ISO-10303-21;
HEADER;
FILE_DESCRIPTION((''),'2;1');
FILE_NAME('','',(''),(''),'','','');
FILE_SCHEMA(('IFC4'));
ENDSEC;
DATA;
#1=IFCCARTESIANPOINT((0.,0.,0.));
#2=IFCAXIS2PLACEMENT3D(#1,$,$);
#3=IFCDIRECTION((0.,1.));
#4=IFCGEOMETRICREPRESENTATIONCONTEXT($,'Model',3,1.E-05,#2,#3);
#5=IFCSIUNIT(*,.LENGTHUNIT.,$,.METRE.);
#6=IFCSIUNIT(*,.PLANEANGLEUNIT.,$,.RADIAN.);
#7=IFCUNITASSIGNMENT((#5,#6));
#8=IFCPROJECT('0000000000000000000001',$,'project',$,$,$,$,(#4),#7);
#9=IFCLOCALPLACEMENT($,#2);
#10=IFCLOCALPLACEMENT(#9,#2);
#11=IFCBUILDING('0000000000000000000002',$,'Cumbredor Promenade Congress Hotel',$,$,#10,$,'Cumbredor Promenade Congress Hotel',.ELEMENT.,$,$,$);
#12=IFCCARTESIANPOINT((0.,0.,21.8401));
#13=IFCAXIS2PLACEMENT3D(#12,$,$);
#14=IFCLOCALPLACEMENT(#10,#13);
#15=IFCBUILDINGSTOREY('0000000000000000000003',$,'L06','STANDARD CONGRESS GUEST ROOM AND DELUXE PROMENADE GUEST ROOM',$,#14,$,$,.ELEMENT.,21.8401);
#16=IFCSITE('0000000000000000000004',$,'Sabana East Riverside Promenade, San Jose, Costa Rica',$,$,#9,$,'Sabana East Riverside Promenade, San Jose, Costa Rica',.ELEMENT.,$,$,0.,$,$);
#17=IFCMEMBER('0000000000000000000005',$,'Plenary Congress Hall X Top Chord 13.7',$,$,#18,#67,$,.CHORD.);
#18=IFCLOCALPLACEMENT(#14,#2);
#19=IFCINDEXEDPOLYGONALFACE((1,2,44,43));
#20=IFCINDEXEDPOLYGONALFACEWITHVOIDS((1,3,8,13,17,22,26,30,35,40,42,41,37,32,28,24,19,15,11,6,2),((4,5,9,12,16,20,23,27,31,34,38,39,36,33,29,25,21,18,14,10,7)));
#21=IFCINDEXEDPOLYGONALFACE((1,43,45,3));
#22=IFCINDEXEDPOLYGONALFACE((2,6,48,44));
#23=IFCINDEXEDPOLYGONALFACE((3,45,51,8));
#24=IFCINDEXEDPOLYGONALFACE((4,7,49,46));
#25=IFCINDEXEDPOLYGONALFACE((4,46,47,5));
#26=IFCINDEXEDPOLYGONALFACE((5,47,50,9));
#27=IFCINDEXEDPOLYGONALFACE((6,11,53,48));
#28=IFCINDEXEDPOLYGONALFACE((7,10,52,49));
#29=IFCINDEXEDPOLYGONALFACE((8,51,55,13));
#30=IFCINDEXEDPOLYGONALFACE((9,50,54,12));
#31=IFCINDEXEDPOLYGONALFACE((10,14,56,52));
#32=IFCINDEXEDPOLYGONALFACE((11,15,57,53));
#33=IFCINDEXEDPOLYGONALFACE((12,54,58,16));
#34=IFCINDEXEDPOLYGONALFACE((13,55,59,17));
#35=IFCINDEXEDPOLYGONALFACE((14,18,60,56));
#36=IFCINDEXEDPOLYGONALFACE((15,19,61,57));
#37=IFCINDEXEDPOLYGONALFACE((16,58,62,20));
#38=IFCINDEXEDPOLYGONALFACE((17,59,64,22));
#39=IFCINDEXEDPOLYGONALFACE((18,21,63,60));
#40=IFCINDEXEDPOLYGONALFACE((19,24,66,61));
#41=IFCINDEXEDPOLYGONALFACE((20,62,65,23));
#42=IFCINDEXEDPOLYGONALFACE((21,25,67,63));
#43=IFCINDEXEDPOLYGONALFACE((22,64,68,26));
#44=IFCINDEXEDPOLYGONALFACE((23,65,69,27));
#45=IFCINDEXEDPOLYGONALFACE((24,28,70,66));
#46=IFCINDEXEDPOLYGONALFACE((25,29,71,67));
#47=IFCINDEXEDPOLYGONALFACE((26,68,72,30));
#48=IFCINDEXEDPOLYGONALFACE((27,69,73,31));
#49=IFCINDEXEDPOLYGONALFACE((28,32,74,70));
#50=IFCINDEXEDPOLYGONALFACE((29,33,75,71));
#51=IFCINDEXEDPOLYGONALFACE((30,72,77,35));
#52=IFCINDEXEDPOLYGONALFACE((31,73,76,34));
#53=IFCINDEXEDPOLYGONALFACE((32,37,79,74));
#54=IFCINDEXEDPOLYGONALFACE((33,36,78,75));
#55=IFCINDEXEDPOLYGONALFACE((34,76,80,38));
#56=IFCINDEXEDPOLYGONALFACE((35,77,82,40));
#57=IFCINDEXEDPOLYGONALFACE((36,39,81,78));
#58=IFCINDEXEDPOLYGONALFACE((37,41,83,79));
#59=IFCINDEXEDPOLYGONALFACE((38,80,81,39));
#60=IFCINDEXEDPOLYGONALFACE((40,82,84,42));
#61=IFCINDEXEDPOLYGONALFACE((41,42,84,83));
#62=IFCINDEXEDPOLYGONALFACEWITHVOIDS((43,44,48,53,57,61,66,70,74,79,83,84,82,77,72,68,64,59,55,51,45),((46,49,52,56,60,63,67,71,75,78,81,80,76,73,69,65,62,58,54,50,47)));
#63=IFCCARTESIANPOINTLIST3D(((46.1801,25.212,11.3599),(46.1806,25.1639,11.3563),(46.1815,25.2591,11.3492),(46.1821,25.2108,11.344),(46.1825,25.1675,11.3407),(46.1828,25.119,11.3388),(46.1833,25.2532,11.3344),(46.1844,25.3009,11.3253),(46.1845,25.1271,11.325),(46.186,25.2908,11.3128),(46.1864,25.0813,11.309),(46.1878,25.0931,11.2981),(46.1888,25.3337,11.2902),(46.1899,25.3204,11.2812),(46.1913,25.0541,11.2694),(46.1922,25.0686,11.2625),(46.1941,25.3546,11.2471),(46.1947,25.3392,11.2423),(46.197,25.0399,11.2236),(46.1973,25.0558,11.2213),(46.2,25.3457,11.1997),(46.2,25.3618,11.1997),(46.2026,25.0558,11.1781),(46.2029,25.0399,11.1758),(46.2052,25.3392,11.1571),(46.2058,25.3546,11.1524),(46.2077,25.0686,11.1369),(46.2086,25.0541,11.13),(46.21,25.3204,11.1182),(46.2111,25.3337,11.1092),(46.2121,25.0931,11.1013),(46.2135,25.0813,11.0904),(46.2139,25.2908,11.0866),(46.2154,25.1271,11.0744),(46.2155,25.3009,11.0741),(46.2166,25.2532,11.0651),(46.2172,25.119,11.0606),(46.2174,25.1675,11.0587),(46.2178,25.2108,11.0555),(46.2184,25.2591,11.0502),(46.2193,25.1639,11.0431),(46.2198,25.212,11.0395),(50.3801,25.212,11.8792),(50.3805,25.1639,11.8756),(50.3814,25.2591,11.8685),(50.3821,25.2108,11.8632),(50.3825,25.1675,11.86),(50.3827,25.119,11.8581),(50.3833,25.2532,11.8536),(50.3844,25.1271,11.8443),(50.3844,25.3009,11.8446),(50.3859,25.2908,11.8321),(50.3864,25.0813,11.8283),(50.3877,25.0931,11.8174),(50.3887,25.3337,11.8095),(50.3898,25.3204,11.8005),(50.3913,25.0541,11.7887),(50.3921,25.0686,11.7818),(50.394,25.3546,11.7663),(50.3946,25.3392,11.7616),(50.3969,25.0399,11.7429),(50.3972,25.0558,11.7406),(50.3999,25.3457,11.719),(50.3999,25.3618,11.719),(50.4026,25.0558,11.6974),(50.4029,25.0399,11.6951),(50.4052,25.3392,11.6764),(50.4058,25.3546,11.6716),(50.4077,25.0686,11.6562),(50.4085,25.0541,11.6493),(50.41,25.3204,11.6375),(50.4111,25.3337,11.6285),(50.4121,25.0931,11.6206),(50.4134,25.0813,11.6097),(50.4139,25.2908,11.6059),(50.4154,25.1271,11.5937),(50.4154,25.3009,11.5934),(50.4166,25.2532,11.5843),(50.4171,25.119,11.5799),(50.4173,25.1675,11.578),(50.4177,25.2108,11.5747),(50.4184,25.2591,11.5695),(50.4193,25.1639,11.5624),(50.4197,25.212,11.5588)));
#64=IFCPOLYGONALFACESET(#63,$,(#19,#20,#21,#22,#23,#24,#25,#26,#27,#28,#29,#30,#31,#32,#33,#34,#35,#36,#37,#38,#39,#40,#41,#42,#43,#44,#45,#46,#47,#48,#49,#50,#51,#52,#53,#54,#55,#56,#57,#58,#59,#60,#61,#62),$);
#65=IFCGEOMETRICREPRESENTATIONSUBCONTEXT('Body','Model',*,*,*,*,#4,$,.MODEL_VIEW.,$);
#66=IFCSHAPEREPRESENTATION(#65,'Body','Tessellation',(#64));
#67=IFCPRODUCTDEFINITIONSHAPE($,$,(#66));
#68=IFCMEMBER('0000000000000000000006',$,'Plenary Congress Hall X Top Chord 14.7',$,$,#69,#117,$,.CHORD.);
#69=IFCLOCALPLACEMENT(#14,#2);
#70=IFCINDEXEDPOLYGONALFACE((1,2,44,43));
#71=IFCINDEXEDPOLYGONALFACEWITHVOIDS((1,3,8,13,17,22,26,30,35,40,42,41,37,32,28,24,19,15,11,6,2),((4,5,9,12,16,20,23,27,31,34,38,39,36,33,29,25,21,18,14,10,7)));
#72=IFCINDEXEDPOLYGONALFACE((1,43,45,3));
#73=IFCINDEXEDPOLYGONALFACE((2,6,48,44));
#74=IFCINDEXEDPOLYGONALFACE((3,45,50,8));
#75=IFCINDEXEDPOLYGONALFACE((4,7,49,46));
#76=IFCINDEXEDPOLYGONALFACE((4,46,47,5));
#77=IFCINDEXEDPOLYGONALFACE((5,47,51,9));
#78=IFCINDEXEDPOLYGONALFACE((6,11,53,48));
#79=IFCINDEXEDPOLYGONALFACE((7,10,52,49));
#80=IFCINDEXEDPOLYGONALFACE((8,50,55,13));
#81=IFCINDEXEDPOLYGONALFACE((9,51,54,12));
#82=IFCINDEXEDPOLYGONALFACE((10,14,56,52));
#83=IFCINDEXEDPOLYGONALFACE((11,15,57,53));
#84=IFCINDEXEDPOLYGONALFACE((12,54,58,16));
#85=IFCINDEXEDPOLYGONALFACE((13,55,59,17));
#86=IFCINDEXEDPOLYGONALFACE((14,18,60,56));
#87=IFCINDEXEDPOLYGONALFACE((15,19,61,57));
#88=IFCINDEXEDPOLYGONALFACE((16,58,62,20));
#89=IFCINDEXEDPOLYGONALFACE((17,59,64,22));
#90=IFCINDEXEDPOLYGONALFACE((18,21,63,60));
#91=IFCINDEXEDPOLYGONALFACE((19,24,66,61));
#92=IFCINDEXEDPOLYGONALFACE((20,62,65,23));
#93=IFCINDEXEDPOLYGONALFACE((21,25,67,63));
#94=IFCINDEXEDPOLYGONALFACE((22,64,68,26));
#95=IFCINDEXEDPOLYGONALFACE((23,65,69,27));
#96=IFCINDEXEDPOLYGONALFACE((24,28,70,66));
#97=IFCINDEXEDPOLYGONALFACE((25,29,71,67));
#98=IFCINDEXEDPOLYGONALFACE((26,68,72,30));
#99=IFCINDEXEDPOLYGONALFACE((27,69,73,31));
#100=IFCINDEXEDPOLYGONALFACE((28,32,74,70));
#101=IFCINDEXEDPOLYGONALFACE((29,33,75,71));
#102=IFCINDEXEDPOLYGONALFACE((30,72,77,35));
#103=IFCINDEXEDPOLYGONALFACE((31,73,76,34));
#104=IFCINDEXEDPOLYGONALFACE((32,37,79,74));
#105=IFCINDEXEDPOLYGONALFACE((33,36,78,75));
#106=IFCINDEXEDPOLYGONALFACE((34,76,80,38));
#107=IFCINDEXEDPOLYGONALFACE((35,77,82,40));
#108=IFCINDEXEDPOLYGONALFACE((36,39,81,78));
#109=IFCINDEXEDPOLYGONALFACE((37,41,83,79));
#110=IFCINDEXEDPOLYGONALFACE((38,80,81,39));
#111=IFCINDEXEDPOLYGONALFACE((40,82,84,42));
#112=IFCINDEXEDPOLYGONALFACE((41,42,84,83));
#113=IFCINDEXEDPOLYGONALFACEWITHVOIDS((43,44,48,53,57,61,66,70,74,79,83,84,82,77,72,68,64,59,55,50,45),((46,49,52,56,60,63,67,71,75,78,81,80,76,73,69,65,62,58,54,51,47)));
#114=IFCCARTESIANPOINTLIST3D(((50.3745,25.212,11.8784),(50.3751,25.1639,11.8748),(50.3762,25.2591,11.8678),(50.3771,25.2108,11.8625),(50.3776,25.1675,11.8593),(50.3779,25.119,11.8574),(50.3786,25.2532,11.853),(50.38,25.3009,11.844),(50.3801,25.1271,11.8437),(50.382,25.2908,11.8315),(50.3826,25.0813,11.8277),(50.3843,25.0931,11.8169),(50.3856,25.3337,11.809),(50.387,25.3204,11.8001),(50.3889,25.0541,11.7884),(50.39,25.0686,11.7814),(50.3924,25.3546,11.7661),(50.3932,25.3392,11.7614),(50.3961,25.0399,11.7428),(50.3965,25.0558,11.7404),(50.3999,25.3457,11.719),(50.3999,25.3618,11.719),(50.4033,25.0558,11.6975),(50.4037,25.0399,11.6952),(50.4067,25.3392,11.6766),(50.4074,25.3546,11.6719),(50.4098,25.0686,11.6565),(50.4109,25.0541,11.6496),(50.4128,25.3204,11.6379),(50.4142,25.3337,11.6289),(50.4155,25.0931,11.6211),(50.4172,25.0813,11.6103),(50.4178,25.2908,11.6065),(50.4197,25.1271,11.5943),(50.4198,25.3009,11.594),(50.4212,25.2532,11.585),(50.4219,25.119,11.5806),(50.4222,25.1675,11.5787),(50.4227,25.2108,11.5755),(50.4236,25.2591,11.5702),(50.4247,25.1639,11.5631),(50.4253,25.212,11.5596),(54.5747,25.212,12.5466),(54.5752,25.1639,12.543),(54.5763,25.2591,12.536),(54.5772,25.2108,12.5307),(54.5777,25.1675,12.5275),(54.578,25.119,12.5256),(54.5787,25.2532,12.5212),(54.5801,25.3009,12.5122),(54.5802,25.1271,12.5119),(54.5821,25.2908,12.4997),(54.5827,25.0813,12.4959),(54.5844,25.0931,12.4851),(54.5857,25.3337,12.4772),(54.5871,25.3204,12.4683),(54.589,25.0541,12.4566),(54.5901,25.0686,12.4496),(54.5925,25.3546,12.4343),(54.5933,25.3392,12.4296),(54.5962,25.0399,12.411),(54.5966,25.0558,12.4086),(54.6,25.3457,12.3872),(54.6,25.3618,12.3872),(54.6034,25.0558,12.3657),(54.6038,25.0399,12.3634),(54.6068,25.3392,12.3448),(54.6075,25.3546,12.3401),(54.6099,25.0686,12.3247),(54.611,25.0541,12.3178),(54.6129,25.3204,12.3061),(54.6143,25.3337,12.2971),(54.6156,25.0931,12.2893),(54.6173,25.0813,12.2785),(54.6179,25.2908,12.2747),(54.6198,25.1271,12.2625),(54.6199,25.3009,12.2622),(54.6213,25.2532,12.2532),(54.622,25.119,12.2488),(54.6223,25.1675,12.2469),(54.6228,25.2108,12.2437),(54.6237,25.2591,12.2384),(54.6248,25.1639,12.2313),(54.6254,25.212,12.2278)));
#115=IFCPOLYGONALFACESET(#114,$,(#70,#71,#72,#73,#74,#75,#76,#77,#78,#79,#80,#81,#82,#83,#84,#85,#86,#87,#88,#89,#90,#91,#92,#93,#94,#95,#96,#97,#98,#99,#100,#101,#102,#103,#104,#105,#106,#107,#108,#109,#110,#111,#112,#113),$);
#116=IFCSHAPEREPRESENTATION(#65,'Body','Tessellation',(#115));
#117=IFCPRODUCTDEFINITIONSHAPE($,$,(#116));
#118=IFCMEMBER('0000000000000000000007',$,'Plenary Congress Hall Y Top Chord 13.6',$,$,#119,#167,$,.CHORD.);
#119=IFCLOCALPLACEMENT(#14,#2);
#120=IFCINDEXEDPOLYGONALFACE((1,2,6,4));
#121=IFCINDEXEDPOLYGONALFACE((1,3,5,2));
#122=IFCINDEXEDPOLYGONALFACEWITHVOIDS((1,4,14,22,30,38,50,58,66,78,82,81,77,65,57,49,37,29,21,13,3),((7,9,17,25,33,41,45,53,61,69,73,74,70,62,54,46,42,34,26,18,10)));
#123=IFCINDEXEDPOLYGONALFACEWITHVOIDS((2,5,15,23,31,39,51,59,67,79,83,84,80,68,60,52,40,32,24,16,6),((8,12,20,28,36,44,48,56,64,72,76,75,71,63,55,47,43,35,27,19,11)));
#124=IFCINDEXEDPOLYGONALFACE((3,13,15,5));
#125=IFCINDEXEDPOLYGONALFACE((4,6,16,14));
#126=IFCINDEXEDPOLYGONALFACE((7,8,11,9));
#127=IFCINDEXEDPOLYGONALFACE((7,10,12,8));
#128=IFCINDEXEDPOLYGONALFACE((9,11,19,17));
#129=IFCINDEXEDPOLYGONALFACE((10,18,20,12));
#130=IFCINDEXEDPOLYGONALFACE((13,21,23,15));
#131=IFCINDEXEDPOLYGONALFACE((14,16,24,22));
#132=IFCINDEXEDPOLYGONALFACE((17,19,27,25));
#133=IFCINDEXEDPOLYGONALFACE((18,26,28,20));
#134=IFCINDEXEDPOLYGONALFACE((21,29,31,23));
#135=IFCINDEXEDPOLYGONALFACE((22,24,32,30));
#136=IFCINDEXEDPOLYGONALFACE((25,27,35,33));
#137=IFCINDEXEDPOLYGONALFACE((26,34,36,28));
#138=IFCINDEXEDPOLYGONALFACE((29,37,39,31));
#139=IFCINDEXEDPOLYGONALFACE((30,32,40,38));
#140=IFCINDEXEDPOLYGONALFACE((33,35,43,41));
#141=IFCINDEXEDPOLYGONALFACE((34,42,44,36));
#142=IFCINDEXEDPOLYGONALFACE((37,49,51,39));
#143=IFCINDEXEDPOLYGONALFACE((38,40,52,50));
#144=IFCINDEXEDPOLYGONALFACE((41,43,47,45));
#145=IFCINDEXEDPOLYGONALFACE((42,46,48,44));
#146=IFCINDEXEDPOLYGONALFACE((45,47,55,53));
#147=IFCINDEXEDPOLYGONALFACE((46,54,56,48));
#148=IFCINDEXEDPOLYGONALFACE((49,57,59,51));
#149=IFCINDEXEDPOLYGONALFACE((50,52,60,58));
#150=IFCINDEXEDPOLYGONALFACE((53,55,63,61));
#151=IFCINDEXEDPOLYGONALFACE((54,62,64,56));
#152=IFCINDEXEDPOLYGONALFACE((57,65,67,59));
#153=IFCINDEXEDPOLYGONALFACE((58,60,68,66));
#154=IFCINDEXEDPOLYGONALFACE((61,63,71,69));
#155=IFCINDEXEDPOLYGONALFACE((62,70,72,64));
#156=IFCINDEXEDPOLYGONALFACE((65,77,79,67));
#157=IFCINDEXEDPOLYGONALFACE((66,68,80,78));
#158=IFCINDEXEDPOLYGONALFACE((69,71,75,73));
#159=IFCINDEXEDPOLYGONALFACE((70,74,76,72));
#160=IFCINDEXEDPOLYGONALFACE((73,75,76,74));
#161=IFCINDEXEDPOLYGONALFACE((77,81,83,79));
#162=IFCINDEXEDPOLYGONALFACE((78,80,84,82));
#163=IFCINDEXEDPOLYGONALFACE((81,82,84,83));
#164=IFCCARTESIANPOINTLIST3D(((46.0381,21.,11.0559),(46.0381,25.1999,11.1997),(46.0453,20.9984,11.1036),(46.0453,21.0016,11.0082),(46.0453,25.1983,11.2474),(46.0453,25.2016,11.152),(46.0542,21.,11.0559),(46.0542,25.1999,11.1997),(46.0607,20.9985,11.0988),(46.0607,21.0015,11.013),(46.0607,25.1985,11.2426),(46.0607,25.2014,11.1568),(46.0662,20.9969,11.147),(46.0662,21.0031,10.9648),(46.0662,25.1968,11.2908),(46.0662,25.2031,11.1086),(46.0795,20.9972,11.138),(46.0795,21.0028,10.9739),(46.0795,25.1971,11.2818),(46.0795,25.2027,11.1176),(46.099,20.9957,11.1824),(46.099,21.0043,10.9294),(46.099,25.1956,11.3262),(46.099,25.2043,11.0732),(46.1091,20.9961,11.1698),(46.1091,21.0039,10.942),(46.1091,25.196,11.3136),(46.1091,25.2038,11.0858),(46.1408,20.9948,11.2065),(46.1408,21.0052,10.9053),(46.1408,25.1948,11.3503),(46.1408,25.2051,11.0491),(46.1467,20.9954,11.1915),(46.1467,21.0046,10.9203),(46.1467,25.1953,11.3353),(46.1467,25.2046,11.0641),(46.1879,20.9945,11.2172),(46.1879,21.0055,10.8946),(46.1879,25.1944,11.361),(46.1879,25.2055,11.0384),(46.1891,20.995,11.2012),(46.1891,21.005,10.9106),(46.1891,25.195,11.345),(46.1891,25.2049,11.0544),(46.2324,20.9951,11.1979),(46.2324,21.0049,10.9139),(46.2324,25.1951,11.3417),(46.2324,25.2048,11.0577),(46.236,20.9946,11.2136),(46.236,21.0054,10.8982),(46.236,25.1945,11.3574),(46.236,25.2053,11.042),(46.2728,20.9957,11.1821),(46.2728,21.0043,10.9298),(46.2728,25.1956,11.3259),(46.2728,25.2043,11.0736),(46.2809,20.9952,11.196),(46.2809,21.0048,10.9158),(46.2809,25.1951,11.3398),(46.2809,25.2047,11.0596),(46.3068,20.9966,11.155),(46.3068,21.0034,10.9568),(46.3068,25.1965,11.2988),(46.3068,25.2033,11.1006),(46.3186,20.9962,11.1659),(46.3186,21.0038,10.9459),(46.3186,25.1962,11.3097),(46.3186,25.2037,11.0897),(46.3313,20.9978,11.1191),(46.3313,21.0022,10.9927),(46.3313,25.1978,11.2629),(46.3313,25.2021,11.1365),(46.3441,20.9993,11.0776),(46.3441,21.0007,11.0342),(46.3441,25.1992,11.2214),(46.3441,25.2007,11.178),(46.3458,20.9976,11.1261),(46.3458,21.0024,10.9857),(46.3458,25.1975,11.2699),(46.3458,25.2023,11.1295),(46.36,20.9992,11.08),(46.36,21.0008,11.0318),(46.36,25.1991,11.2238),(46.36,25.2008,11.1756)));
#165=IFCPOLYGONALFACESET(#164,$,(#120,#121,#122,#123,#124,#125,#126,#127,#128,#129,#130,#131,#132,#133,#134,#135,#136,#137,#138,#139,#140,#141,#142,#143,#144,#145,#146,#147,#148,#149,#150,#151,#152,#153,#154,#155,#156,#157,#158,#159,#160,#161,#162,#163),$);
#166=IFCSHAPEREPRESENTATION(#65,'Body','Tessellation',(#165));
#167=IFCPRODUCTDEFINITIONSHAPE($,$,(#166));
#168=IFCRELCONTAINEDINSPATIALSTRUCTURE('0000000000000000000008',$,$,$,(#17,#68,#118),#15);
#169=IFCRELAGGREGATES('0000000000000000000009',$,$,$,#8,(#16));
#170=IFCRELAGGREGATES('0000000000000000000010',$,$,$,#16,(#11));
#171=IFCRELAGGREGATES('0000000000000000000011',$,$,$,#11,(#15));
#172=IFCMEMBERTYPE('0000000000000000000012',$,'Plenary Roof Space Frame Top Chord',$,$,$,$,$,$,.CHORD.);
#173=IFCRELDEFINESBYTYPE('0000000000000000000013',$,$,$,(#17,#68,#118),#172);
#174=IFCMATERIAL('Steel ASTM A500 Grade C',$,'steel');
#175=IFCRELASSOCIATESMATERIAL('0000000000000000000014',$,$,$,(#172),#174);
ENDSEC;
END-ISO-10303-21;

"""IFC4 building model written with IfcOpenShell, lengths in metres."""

from ifc_helpers import new_model, si_unit, direction, frame, origin, origin_2d, place, context, subcontext, project, spatial, hollow_circle, extrude, material, material_profile, profile_set, type_object, element, save


model = new_model("IFC4")

# Units and contexts
model_context = context("Model", 3, precision=1e-05, world=origin(), true_north=direction((0.0, 1.0)))
body_context = subcontext(model_context, "Body", "Model", "MODEL_VIEW")
ifc_project = project(units=[si_unit("LENGTHUNIT", "METRE"), si_unit("PLANEANGLEUNIT", "RADIAN")], contexts=[model_context])

# Site, building, storey
site_placement = place(None, origin())
site = spatial("IfcSite", under=ifc_project, at=site_placement, Name="Sabana East Riverside Promenade, San Jose, Costa Rica", LongName="Sabana East Riverside Promenade, San Jose, Costa Rica", CompositionType="ELEMENT", RefElevation=0.0)
building_placement = place(site_placement, origin())
building = spatial("IfcBuilding", under=site, at=building_placement, Name="Cumbredor Promenade Congress Hotel", LongName="Cumbredor Promenade Congress Hotel", CompositionType="ELEMENT")
storey_placement = place(building_placement, frame((0.0, 0.0, 21.8401)))
storey = spatial("IfcBuildingStorey", under=building, at=storey_placement, Name="L06", Description="STANDARD CONGRESS GUEST ROOM AND DELUXE PROMENADE GUEST ROOM", CompositionType="ELEMENT", Elevation=21.8401)

# Members
ifc_material_1 = material(Name="Steel ASTM A500 Grade C", Category="steel")
ifc_material_profile_1 = material_profile(ifc_material_1, hollow_circle(Radius=0.1619, WallThickness=0.0161, at=origin_2d()), Name="CHS 323.9x16")
ifc_profile_set_1 = profile_set([ifc_material_profile_1], Name="Steel ASTM A500 Grade C")
member_type_1 = type_object("IfcMemberType", Name="Plenary Roof Space Frame Top Chord", PredefinedType="CHORD", material=ifc_profile_set_1)
member_1_placement = place(storey_placement, frame((46.2, 25.2, 11.1997), z_axis=(0.992443, 0.0, 0.122707), x_axis=(0.0, 1.0, 0.0)))
element("IfcMember", 1, at=member_1_placement, inside=storey, type_object=member_type_1, Name="Plenary Congress Hall X Top Chord 13.7", PredefinedType="CHORD", context=body_context, shape_type="SweptSolid", body=[
    extrude(hollow_circle(Radius=0.1619, WallThickness=0.0161, at=origin_2d()), origin(), (0.0, 0.0, 1.0), 4.2319),
])
member_2_placement = place(storey_placement, frame((50.3999, 25.2, 11.719), z_axis=(0.98758, 0.0, 0.157115), x_axis=(0.0, 1.0, 0.0)))
element("IfcMember", 2, at=member_2_placement, inside=storey, type_object=member_type_1, Name="Plenary Congress Hall X Top Chord 14.7", PredefinedType="CHORD", context=body_context, shape_type="SweptSolid", body=[
    extrude(hollow_circle(Radius=0.1619, WallThickness=0.0161, at=origin_2d()), origin(), (0.0, 0.0, 1.0), 4.2529),
])
member_3_placement = place(storey_placement, frame((46.2, 21.0, 11.0559), z_axis=(0.0, 0.999414, 0.034218), x_axis=(-1.0, 0.0, 0.0)))
element("IfcMember", 3, at=member_3_placement, inside=storey, type_object=member_type_1, Name="Plenary Congress Hall Y Top Chord 13.6", PredefinedType="CHORD", context=body_context, shape_type="SweptSolid", body=[
    extrude(hollow_circle(Radius=0.1619, WallThickness=0.0161, at=origin_2d()), origin(), (0.0, 0.0, 1.0), 4.2024),
])

save(model, "model.ifc")
